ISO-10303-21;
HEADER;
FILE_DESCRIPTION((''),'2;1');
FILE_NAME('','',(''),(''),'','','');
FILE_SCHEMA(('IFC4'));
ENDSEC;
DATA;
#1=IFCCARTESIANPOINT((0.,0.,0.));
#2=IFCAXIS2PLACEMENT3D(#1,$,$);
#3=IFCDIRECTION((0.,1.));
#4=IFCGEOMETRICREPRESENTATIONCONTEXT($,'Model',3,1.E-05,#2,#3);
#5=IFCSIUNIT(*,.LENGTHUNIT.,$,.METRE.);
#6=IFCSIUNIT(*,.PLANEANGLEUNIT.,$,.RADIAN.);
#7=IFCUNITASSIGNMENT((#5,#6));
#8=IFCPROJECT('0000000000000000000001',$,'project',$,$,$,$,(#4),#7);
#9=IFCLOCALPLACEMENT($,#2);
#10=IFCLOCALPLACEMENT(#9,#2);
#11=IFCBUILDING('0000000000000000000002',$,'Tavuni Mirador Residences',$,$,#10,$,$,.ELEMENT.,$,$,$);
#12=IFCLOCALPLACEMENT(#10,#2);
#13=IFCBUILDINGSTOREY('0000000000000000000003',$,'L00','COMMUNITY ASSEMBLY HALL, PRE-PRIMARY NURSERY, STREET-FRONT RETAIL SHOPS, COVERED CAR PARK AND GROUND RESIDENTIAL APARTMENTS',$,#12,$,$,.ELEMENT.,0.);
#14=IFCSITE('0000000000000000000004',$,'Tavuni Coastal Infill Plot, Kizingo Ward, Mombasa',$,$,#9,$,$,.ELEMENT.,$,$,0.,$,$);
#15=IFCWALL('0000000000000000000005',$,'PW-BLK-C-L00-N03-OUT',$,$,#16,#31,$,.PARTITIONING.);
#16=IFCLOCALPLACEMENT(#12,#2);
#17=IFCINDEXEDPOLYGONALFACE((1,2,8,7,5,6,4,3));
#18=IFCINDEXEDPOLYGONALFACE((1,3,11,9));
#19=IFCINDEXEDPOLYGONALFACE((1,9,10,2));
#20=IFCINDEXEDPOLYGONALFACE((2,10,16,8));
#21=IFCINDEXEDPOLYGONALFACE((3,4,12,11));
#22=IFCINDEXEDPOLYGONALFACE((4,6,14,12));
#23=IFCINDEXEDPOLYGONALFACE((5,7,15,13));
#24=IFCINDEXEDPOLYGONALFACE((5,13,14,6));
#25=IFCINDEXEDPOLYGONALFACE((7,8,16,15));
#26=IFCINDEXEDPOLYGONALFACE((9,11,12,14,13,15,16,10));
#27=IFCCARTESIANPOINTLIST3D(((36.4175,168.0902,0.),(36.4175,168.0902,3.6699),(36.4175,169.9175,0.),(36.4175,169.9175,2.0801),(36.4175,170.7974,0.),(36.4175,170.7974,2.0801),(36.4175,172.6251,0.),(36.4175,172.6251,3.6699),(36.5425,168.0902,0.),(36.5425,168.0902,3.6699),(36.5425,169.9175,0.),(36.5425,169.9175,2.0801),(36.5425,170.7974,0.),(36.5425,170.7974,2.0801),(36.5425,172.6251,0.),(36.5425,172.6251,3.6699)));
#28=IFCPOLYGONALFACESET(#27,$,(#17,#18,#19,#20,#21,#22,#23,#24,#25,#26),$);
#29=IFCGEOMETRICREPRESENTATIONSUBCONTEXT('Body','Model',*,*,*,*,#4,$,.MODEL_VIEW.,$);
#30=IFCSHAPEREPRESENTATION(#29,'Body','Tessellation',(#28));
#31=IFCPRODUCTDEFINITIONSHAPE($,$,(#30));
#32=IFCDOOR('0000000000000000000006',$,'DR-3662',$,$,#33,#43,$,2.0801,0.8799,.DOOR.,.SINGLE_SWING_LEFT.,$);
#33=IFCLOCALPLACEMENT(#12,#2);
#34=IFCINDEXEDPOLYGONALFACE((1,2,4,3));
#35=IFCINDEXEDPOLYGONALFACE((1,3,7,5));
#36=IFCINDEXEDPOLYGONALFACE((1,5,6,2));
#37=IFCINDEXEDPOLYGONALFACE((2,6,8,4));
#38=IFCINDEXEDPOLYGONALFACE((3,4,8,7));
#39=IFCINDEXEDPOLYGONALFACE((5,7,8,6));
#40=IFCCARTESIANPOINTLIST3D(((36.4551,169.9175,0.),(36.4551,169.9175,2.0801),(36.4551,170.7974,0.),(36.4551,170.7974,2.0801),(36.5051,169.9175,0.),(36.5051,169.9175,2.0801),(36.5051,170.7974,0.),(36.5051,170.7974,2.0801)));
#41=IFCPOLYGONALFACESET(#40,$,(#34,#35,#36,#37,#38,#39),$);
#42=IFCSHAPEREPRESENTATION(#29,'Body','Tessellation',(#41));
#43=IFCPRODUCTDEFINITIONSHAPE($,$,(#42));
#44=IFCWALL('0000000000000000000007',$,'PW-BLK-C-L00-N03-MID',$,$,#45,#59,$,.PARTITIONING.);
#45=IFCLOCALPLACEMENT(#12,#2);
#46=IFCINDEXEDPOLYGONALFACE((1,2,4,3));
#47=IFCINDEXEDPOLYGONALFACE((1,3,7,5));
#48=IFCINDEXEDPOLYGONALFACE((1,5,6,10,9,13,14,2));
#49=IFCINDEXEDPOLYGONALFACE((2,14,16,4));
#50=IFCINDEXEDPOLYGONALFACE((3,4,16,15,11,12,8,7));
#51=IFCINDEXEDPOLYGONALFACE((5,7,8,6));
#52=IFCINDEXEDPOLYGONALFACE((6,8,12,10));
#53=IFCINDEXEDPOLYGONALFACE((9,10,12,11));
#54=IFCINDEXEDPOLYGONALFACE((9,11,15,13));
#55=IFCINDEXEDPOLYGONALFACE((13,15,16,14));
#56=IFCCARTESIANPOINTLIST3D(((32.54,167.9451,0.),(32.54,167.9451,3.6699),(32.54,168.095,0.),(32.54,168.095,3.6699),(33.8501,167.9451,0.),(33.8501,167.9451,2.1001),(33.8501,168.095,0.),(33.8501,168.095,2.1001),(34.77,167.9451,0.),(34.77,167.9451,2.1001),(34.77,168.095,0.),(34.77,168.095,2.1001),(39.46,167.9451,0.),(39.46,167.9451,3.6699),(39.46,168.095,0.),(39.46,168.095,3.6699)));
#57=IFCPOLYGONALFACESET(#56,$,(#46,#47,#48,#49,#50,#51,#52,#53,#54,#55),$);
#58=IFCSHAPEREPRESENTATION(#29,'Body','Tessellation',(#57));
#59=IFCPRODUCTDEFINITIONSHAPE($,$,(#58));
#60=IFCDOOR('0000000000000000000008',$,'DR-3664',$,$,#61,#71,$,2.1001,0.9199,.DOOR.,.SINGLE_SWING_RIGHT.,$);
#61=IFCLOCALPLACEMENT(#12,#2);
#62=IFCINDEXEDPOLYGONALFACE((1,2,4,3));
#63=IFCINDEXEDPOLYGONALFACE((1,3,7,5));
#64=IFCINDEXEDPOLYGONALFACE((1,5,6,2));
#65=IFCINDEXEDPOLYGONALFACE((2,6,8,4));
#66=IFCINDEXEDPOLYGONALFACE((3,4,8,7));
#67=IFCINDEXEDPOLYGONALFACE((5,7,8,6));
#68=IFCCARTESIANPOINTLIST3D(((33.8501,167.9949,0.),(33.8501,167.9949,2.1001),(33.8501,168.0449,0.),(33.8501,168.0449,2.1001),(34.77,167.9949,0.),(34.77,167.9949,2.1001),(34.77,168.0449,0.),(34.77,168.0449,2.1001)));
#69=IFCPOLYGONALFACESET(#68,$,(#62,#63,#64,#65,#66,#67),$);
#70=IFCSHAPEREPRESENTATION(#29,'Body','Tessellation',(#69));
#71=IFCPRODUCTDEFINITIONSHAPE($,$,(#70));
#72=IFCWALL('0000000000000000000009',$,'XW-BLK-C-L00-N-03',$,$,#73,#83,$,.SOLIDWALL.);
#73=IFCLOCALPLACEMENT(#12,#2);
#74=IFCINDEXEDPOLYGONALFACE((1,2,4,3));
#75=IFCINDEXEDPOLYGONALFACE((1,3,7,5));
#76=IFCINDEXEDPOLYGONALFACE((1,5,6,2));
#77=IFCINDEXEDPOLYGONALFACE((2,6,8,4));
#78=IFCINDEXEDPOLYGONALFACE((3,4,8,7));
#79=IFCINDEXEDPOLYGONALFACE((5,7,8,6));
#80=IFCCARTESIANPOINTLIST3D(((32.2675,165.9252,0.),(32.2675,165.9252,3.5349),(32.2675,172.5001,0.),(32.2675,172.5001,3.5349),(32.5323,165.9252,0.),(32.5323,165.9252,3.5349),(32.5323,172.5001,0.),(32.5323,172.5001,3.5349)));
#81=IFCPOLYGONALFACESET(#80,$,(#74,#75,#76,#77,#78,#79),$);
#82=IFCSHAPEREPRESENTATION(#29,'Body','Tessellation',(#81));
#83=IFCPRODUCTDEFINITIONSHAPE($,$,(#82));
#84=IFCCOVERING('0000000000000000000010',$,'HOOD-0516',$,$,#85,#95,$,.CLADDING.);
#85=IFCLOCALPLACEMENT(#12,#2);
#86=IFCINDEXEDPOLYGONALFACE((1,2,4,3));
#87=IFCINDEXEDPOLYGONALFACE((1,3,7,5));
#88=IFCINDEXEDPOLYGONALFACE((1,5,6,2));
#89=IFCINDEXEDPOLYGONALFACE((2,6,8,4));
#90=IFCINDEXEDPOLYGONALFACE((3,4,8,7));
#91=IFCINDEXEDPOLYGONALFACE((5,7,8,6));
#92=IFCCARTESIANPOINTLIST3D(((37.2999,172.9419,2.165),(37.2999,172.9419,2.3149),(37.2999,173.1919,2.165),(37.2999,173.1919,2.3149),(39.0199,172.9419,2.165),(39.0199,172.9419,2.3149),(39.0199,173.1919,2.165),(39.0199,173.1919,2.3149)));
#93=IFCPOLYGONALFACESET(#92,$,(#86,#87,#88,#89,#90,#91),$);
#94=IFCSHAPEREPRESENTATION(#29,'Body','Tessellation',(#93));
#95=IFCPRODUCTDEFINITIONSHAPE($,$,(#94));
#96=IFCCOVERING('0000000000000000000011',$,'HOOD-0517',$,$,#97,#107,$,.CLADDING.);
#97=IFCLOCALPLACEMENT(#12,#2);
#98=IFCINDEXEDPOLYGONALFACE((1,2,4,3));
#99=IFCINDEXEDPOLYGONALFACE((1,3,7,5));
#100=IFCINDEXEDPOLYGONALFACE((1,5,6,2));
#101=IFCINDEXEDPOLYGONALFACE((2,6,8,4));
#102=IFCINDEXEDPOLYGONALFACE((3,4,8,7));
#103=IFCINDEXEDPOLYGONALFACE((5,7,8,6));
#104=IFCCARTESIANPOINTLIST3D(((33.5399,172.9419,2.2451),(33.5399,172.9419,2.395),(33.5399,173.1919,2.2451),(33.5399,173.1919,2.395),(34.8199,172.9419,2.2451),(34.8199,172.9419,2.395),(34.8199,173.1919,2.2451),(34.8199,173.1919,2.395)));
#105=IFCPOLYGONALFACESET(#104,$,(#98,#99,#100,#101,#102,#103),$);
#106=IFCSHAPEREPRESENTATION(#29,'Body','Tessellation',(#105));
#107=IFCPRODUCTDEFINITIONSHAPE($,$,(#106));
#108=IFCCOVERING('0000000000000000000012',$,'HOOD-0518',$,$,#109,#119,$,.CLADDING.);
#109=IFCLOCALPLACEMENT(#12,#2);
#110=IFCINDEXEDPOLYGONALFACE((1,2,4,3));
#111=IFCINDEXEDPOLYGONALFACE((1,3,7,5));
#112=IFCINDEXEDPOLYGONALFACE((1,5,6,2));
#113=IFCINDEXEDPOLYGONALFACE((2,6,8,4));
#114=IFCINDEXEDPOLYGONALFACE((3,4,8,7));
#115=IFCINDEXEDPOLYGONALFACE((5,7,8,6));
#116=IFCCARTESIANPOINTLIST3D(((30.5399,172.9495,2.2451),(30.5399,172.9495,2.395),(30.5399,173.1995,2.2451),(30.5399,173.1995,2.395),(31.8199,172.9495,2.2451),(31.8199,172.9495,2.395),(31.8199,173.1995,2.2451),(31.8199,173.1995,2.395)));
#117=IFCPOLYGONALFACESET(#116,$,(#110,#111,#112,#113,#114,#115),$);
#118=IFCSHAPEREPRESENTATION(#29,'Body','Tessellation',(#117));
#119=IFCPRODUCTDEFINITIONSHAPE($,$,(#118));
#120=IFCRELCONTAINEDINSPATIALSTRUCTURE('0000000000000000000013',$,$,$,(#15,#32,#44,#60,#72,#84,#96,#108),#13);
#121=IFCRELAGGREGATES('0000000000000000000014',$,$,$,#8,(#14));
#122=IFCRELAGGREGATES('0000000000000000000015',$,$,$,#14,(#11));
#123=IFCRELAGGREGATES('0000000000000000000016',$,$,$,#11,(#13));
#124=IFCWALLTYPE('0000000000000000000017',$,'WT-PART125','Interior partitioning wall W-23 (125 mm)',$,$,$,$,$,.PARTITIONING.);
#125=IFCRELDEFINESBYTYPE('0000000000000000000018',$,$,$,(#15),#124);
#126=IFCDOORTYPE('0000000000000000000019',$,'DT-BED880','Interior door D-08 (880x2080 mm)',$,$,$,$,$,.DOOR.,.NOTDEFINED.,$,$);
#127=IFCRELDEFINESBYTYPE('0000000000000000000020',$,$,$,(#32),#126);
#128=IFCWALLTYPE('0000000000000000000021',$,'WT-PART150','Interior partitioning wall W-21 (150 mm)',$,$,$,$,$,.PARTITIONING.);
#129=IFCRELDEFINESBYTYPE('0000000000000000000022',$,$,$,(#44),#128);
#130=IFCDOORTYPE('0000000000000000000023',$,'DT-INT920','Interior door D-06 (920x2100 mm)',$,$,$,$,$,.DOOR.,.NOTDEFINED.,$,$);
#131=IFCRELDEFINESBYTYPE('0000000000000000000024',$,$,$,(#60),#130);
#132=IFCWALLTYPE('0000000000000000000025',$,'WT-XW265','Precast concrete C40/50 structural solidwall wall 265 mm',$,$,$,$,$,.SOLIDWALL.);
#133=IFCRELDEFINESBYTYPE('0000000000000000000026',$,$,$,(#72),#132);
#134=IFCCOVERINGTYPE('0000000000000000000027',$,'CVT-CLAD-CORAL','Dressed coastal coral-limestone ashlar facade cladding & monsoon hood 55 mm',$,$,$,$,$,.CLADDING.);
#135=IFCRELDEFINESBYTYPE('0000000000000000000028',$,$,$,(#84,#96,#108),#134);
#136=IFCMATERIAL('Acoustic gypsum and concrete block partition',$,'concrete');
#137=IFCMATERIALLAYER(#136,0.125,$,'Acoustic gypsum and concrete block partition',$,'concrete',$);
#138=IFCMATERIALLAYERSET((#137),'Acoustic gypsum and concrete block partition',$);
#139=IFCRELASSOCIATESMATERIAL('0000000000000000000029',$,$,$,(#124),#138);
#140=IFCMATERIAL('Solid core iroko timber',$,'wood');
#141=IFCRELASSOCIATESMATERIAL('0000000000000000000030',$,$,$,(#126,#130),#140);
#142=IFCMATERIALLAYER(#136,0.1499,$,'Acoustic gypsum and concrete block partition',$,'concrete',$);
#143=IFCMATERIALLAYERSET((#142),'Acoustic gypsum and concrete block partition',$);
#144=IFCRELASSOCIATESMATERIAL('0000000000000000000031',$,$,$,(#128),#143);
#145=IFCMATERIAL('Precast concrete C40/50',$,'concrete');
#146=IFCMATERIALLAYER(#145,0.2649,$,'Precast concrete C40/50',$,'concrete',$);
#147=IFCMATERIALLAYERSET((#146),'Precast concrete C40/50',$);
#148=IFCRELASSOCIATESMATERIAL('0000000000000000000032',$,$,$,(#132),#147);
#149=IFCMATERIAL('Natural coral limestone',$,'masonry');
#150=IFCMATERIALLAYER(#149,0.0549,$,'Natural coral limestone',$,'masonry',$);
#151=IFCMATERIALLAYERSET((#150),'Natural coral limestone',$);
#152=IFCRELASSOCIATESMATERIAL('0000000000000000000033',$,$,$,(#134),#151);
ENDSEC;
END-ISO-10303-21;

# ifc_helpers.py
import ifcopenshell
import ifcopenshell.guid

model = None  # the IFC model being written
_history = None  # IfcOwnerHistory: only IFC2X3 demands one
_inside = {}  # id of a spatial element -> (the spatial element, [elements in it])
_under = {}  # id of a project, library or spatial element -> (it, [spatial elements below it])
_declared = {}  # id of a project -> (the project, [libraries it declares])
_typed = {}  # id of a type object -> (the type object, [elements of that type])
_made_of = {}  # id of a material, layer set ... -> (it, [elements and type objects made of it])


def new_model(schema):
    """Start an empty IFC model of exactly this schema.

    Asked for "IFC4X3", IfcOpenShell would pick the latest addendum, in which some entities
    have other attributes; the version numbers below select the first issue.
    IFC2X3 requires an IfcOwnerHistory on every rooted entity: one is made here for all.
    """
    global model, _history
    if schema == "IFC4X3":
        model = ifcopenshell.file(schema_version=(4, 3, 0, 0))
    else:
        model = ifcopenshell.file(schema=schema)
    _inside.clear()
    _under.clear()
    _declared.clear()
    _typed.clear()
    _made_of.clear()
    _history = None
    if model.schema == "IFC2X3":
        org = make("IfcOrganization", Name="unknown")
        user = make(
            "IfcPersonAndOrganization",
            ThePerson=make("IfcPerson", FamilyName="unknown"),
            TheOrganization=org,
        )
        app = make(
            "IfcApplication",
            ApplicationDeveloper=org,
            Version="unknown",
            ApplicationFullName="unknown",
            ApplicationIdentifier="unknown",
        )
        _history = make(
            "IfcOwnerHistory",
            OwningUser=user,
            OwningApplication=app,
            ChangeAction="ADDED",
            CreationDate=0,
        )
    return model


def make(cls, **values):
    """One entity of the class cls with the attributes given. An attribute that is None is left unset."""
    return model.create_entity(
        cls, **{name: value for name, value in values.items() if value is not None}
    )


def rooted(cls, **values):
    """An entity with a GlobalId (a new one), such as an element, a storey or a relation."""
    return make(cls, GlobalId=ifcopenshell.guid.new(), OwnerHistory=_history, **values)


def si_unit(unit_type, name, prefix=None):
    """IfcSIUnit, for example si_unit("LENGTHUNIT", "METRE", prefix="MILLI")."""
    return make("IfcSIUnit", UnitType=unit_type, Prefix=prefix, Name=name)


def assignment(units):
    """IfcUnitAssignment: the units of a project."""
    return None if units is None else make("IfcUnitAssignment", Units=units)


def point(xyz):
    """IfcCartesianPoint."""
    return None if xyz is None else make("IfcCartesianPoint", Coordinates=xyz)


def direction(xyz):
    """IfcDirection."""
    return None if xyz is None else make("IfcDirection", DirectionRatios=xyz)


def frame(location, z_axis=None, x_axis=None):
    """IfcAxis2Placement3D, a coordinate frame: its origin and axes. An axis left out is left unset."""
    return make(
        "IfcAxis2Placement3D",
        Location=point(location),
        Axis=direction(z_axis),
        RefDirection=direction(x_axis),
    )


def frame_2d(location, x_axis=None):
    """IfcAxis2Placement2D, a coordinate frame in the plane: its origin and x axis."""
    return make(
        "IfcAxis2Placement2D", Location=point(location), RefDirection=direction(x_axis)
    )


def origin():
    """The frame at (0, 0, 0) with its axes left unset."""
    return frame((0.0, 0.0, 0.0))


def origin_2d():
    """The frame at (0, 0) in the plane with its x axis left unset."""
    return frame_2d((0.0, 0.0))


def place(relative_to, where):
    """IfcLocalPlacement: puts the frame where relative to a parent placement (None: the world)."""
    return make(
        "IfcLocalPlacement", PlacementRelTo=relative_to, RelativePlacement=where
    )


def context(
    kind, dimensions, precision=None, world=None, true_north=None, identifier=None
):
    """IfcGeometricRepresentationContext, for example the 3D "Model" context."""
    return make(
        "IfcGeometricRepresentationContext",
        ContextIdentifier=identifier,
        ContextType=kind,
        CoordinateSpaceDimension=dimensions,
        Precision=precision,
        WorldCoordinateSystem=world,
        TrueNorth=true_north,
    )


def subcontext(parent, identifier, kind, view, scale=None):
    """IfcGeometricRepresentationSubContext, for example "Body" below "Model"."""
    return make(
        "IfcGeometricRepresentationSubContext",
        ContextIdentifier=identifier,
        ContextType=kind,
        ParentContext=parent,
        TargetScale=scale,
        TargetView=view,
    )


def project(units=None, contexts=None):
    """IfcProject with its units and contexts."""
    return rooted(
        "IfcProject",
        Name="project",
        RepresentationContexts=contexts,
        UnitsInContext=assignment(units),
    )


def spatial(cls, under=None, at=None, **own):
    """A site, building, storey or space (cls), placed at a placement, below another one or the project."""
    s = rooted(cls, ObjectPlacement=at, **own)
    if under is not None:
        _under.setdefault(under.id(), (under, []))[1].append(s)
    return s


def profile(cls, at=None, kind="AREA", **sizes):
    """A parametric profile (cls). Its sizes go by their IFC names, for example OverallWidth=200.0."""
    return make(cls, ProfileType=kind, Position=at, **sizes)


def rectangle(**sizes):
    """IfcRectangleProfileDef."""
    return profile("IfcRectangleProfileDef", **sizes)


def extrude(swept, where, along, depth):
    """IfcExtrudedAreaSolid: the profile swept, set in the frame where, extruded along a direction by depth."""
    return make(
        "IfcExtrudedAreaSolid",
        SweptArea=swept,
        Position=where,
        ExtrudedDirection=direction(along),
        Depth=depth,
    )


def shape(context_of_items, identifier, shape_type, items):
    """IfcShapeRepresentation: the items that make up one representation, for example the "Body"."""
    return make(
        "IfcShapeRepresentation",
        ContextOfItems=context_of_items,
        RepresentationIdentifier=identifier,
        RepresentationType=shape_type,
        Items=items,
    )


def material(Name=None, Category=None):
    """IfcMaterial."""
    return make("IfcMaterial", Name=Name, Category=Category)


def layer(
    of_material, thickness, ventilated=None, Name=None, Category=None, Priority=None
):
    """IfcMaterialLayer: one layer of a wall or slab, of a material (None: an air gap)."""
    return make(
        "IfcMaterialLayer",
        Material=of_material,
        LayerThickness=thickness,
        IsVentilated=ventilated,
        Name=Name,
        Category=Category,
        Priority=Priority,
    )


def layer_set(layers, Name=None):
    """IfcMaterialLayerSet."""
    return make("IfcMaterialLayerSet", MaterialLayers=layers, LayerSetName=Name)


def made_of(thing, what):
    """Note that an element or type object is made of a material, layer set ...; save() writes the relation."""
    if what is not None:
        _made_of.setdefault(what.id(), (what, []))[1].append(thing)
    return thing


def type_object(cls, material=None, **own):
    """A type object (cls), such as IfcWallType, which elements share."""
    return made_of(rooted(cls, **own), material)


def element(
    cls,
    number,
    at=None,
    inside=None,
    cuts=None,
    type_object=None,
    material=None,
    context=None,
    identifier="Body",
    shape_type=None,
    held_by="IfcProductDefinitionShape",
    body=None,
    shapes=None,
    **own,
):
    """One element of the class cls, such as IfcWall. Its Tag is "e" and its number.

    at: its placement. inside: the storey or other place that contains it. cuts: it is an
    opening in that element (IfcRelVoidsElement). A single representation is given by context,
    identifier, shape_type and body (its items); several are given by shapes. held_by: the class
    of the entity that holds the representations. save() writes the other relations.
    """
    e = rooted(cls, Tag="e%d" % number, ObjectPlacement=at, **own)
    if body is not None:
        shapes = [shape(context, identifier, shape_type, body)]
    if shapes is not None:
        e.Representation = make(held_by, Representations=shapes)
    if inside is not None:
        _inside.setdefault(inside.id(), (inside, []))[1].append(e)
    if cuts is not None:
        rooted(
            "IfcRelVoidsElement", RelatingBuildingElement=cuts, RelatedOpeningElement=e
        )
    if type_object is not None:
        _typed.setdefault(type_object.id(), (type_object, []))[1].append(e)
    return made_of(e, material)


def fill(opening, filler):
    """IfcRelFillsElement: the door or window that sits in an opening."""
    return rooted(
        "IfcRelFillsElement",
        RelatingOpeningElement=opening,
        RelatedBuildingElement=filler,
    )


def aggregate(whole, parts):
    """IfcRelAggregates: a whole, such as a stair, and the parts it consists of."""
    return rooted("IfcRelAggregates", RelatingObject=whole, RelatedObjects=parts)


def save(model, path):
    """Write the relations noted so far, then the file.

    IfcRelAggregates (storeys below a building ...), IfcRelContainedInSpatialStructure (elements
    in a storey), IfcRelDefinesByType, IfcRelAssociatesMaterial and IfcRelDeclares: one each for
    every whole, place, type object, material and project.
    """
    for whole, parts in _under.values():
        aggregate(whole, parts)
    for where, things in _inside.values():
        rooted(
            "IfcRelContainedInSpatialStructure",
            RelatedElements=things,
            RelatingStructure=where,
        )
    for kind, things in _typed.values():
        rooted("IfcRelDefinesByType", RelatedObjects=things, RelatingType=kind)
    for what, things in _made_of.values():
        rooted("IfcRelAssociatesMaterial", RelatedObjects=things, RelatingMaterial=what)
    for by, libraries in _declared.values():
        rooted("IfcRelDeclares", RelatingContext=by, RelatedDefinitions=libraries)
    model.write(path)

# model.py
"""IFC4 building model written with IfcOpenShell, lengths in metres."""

from ifc_helpers import new_model, si_unit, direction, frame, frame_2d, origin, origin_2d, place, context, subcontext, project, spatial, rectangle, extrude, material, layer, layer_set, type_object, element, fill, save


model = new_model("IFC4")

# Units and contexts
model_context = context("Model", 3, precision=1e-05, world=origin(), true_north=direction((0.0, 1.0)))
body_context = subcontext(model_context, "Body", "Model", "MODEL_VIEW")
ifc_project = project(units=[si_unit("LENGTHUNIT", "METRE"), si_unit("PLANEANGLEUNIT", "RADIAN")], contexts=[model_context])

# Site, building, storey
site_placement = place(None, origin())
site = spatial("IfcSite", under=ifc_project, at=site_placement, Name="Tavuni Coastal Infill Plot, Kizingo Ward, Mombasa", CompositionType="ELEMENT", RefElevation=0.0)
building_placement = place(site_placement, origin())
building = spatial("IfcBuilding", under=site, at=building_placement, Name="Tavuni Mirador Residences", CompositionType="ELEMENT")
storey_placement = place(building_placement, origin())
storey = spatial("IfcBuildingStorey", under=building, at=storey_placement, Name="L00", Description="COMMUNITY ASSEMBLY HALL, PRE-PRIMARY NURSERY, STREET-FRONT RETAIL SHOPS, COVERED CAR PARK AND GROUND RESIDENTIAL APARTMENTS", CompositionType="ELEMENT", Elevation=0.0)

# Shared definitions
ifc_material_1 = material(Name="Precast concrete C40/50", Category="concrete")

# Shared definitions
ifc_material_2 = material(Name="Solid core iroko timber", Category="wood")

# Walls, openings, doors
ifc_material_3 = material(Name="Acoustic gypsum and concrete block partition", Category="concrete")
ifc_layer_1 = layer(ifc_material_3, 0.125, Name="Acoustic gypsum and concrete block partition", Category="concrete")
ifc_layer_set_1 = layer_set([ifc_layer_1], Name="Acoustic gypsum and concrete block partition")
wall_type_1 = type_object("IfcWallType", Name="WT-PART125", Description="Interior partitioning wall W-23 (125 mm)", PredefinedType="PARTITIONING", material=ifc_layer_set_1)
wall_1_placement = place(storey_placement, frame((36.48, 168.0901, 0.0), z_axis=(0.0, 0.0, 1.0), x_axis=(0.0, 1.0, 0.0)))
wall_1 = element("IfcWall", 1, at=wall_1_placement, inside=storey, type_object=wall_type_1, Name="PW-BLK-C-L00-N03-OUT", PredefinedType="PARTITIONING", context=body_context, shape_type="SweptSolid", body=[
    extrude(rectangle(XDim=4.5349, YDim=0.125, at=frame_2d((2.2676, 0.0))), origin(), (0.0, 0.0, 1.0), 3.6699),
])
opening_1_placement = place(wall_1_placement, frame((1.8274, 0.0, 0.0)))
opening_1 = element("IfcOpeningElement", 2, at=opening_1_placement, cuts=wall_1, PredefinedType="OPENING", context=body_context, shape_type="SweptSolid", body=[
    extrude(rectangle(XDim=0.8799, YDim=2.0801, at=frame_2d((0.4399, 1.04))), frame((0.0, 0.0725, 0.0), z_axis=(0.0, -1.0, 0.0), x_axis=(1.0, 0.0, 0.0)), (0.0, 0.0, 1.0), 0.145),
])
door_type_1 = type_object("IfcDoorType", Name="DT-BED880", Description="Interior door D-08 (880x2080 mm)", OperationType="NOTDEFINED", PredefinedType="DOOR", material=ifc_material_2)
door_1_placement = place(opening_1_placement, origin())
door_1 = element("IfcDoor", 3, at=door_1_placement, inside=storey, type_object=door_type_1, Name="DR-3662", OperationType="SINGLE_SWING_LEFT", OverallHeight=2.0801, OverallWidth=0.8799, PredefinedType="DOOR", context=body_context, shape_type="SweptSolid", body=[
    extrude(rectangle(XDim=0.8799, YDim=2.0801, at=frame_2d((0.4399, 1.04))), frame((0.0, 0.0249, 0.0), z_axis=(0.0, -1.0, 0.0), x_axis=(1.0, 0.0, 0.0)), (0.0, 0.0, 1.0), 0.05),
])
fill(opening_1, door_1)
ifc_layer_2 = layer(ifc_material_3, 0.1499, Name="Acoustic gypsum and concrete block partition", Category="concrete")
ifc_layer_set_2 = layer_set([ifc_layer_2], Name="Acoustic gypsum and concrete block partition")
wall_type_2 = type_object("IfcWallType", Name="WT-PART150", Description="Interior partitioning wall W-21 (150 mm)", PredefinedType="PARTITIONING", material=ifc_layer_set_2)
wall_2_placement = place(storey_placement, frame((32.54, 168.02, 0.0), z_axis=(0.0, 0.0, 1.0), x_axis=(1.0, 0.0, 0.0)))
wall_2 = element("IfcWall", 4, at=wall_2_placement, inside=storey, type_object=wall_type_2, Name="PW-BLK-C-L00-N03-MID", PredefinedType="PARTITIONING", context=body_context, shape_type="SweptSolid", body=[
    extrude(rectangle(XDim=6.9199, YDim=0.1499, at=frame_2d((3.46, 0.0))), origin(), (0.0, 0.0, 1.0), 3.6699),
])
opening_2_placement = place(wall_2_placement, frame((1.3101, 0.0, 0.0)))
opening_2 = element("IfcOpeningElement", 5, at=opening_2_placement, cuts=wall_2, PredefinedType="OPENING", context=body_context, shape_type="SweptSolid", body=[
    extrude(rectangle(XDim=0.9199, YDim=2.1001, at=frame_2d((0.46, 1.05))), frame((0.0, 0.085, 0.0), z_axis=(0.0, -1.0, 0.0), x_axis=(1.0, 0.0, 0.0)), (0.0, 0.0, 1.0), 0.1699),
])
door_type_2 = type_object("IfcDoorType", Name="DT-INT920", Description="Interior door D-06 (920x2100 mm)", OperationType="NOTDEFINED", PredefinedType="DOOR", material=ifc_material_2)
door_2_placement = place(opening_2_placement, origin())
door_2 = element("IfcDoor", 6, at=door_2_placement, inside=storey, type_object=door_type_2, Name="DR-3664", OperationType="SINGLE_SWING_RIGHT", OverallHeight=2.1001, OverallWidth=0.9199, PredefinedType="DOOR", context=body_context, shape_type="SweptSolid", body=[
    extrude(rectangle(XDim=0.9199, YDim=2.1001, at=frame_2d((0.46, 1.05))), frame((0.0, 0.0249, 0.0), z_axis=(0.0, -1.0, 0.0), x_axis=(1.0, 0.0, 0.0)), (0.0, 0.0, 1.0), 0.05),
])
fill(opening_2, door_2)

# Wall
ifc_layer_3 = layer(ifc_material_1, 0.2649, Name="Precast concrete C40/50", Category="concrete")
ifc_layer_set_3 = layer_set([ifc_layer_3], Name="Precast concrete C40/50")
wall_type_3 = type_object("IfcWallType", Name="WT-XW265", Description="Precast concrete C40/50 structural solidwall wall 265 mm", PredefinedType="SOLIDWALL", material=ifc_layer_set_3)
wall_3_placement = place(storey_placement, frame((32.3999, 165.925, 0.0), z_axis=(0.0, 0.0, 1.0), x_axis=(0.0, 1.0, 0.0)))
element("IfcWall", 7, at=wall_3_placement, inside=storey, type_object=wall_type_3, Name="XW-BLK-C-L00-N-03", PredefinedType="SOLIDWALL", context=body_context, shape_type="SweptSolid", body=[
    extrude(rectangle(XDim=6.575, YDim=0.2649, at=frame_2d((3.2876, 0.0))), origin(), (0.0, 0.0, 1.0), 3.5349),
])

# Coverings
ifc_material_4 = material(Name="Natural coral limestone", Category="masonry")
ifc_layer_4 = layer(ifc_material_4, 0.0549, Name="Natural coral limestone", Category="masonry")
ifc_layer_set_4 = layer_set([ifc_layer_4], Name="Natural coral limestone")
covering_type = type_object("IfcCoveringType", Name="CVT-CLAD-CORAL", Description="Dressed coastal coral-limestone ashlar facade cladding & monsoon hood 55 mm", PredefinedType="CLADDING", material=ifc_layer_set_4)
covering_placement = place(storey_placement, frame((38.1599, 173.0669, 2.165), z_axis=(0.0, 0.0, 1.0), x_axis=(-1.0, 0.0, 0.0)))
element("IfcCovering", 8, at=covering_placement, inside=storey, type_object=covering_type, Name="HOOD-0516", PredefinedType="CLADDING", context=body_context, shape_type="SweptSolid", body=[
    extrude(rectangle(XDim=1.72, YDim=0.25, at=origin_2d()), origin(), (0.0, 0.0, 1.0), 0.1499),
])
for number, where, z_axis, x_axis, name in (
    (9, (34.1799, 173.0669, 2.2451), (0.0, 0.0, 1.0), (-1.0, 0.0, 0.0), "HOOD-0517"),
    (10, (31.1799, 173.0745, 2.2451), (0.0, 0.0, 1.0), (-1.0, 0.0, 0.0), "HOOD-0518"),
):
    element("IfcCovering", number, at=place(storey_placement, frame(where, z_axis=z_axis, x_axis=x_axis)), inside=storey, type_object=covering_type, Name=name, PredefinedType="CLADDING", context=body_context, shape_type="SweptSolid", body=[
        extrude(rectangle(XDim=1.28, YDim=0.25, at=origin_2d()), origin(), (0.0, 0.0, 1.0), 0.1499),
    ])

save(model, "model.ifc")
